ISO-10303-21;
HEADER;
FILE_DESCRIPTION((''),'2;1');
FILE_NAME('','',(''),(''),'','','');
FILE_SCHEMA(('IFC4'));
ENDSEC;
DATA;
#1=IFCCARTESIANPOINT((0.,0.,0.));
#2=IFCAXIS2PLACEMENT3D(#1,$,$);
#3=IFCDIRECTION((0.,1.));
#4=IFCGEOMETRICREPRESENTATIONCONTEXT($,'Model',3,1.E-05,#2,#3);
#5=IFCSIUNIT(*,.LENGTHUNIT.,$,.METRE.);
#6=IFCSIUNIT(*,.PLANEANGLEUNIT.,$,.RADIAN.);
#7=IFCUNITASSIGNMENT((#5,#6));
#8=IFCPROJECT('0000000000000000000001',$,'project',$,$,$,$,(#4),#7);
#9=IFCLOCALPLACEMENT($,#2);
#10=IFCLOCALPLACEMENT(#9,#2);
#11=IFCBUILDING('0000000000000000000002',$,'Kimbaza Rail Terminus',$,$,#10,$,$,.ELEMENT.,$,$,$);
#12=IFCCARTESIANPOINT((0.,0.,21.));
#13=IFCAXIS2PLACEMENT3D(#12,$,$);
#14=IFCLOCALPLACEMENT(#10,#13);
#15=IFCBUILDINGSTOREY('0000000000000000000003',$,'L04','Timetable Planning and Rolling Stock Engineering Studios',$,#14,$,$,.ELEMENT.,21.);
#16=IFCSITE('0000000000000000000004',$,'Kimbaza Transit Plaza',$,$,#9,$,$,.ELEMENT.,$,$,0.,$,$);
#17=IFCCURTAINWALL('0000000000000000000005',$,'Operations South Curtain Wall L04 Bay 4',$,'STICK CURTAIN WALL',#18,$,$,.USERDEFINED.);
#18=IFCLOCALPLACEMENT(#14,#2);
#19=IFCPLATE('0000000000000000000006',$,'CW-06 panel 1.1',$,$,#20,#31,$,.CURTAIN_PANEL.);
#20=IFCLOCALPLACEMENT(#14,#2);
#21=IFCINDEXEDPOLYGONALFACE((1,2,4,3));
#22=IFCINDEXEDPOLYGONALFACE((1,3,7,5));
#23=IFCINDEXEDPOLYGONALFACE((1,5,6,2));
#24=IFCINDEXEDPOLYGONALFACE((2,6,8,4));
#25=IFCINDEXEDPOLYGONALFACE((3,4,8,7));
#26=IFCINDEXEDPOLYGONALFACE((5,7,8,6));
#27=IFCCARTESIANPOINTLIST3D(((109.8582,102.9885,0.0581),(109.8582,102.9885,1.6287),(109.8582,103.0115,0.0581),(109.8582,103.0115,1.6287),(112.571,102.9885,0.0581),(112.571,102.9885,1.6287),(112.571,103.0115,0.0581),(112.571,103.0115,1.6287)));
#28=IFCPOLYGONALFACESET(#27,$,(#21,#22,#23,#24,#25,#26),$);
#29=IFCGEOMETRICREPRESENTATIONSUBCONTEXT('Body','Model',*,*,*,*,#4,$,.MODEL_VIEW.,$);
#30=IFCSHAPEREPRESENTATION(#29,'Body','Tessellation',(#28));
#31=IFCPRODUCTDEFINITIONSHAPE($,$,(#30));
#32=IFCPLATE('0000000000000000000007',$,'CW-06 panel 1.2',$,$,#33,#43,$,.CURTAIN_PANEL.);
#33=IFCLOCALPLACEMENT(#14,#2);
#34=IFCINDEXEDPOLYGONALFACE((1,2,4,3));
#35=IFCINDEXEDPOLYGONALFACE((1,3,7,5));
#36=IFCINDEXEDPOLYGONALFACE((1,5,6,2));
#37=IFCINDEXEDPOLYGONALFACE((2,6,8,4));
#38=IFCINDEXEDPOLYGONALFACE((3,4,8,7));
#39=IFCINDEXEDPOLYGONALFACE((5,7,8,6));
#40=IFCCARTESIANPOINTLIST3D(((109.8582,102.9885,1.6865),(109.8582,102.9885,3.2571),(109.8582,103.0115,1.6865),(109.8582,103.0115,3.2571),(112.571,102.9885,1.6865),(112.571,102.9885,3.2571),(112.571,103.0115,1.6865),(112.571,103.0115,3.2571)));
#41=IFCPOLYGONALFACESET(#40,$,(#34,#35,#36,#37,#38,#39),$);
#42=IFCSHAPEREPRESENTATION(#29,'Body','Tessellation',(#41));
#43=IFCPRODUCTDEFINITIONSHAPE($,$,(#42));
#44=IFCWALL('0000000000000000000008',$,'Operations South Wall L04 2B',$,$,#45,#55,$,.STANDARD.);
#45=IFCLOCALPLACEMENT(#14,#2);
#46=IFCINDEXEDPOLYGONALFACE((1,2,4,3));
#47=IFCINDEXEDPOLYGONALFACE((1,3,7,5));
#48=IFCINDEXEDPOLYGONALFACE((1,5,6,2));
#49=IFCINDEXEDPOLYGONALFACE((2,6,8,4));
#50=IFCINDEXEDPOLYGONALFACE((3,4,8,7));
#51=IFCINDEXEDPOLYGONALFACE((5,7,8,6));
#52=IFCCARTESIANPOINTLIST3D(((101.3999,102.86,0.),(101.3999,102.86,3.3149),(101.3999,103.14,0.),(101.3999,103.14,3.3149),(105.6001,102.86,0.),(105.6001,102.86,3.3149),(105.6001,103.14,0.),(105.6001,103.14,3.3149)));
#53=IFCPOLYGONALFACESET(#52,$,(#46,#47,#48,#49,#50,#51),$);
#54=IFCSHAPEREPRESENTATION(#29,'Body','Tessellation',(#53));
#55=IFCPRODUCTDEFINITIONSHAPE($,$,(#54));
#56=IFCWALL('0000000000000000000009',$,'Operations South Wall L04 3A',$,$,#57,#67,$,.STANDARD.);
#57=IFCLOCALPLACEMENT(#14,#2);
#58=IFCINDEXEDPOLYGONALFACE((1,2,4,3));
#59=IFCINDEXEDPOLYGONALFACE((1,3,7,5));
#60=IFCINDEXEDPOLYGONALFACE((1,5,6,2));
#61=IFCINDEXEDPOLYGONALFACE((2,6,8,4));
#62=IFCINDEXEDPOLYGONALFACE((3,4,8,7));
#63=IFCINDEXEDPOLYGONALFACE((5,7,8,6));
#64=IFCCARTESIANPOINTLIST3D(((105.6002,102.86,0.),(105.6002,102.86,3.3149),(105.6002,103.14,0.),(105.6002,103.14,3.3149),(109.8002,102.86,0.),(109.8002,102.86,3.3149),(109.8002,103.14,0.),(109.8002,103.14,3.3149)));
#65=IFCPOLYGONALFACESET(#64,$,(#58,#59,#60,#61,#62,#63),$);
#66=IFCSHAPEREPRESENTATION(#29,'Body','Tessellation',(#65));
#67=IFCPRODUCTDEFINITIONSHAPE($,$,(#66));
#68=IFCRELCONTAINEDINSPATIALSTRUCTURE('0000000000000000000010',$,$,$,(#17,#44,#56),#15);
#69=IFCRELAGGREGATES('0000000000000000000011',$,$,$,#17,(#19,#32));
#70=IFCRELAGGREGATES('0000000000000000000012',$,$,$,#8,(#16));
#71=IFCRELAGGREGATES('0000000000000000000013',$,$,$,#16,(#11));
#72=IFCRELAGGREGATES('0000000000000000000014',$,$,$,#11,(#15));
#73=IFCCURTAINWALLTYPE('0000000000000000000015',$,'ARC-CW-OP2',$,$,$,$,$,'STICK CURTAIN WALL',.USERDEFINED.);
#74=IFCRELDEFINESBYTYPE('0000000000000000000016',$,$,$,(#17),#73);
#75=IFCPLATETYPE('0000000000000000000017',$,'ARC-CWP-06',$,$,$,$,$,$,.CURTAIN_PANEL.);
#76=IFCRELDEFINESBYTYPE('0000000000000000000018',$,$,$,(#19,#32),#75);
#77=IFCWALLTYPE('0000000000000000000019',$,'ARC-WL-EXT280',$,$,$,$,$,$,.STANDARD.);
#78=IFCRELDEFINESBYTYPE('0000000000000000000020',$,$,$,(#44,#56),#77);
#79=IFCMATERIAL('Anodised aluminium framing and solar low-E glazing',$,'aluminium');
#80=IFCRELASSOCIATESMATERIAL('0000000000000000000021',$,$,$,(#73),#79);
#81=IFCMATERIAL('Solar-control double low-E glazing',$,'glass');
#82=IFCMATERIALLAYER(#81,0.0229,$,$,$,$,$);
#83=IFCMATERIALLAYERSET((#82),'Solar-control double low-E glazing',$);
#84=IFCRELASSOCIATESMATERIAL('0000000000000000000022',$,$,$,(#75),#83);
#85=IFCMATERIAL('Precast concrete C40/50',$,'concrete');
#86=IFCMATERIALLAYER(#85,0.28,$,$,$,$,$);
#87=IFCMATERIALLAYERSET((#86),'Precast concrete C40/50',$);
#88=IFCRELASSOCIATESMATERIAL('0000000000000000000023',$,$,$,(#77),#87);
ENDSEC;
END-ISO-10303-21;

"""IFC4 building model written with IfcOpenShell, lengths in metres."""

from ifc_helpers import new_model, si_unit, direction, frame, frame_2d, origin, origin_2d, place, context, subcontext, project, spatial, rectangle, extrude, material, layer, layer_set, type_object, element, aggregate, save


model = new_model("IFC4")

# Units and contexts
model_context = context("Model", 3, precision=1e-05, world=origin(), true_north=direction((0.0, 1.0)))
body_context = subcontext(model_context, "Body", "Model", "MODEL_VIEW")
ifc_project = project(units=[si_unit("LENGTHUNIT", "METRE"), si_unit("PLANEANGLEUNIT", "RADIAN")], contexts=[model_context])

# Site, building, storey
site_placement = place(None, origin())
site = spatial("IfcSite", under=ifc_project, at=site_placement, Name="Kimbaza Transit Plaza", CompositionType="ELEMENT", RefElevation=0.0)
building_placement = place(site_placement, origin())
building = spatial("IfcBuilding", under=site, at=building_placement, Name="Kimbaza Rail Terminus", CompositionType="ELEMENT")
storey_placement = place(building_placement, frame((0.0, 0.0, 21.0)))
storey = spatial("IfcBuildingStorey", under=building, at=storey_placement, Name="L04", Description="Timetable Planning and Rolling Stock Engineering Studios", CompositionType="ELEMENT", Elevation=21.0)

# Shared definitions
ifc_material_1 = material(Name="Anodised aluminium framing and solar low-E glazing", Category="aluminium")
curtain_wall_type = type_object("IfcCurtainWallType", Name="ARC-CW-OP2", ElementType="STICK CURTAIN WALL", PredefinedType="USERDEFINED", material=ifc_material_1)

# Curtain wall
curtain_wall_1_placement = place(storey_placement, origin())
curtain_wall_1 = element("IfcCurtainWall", 1, at=curtain_wall_1_placement, inside=storey, type_object=curtain_wall_type, Name="Operations South Curtain Wall L04 Bay 4", ObjectType="STICK CURTAIN WALL", PredefinedType="USERDEFINED")

# Plates
ifc_material_2 = material(Name="Solar-control double low-E glazing", Category="glass")
ifc_layer_1 = layer(ifc_material_2, 0.0229)
ifc_layer_set_1 = layer_set([ifc_layer_1], Name="Solar-control double low-E glazing")
plate_type = type_object("IfcPlateType", Name="ARC-CWP-06", PredefinedType="CURTAIN_PANEL", material=ifc_layer_set_1)
plate_1_placement = place(storey_placement, frame((111.2146, 103.0, 0.0581), z_axis=(0.0, 0.0, 1.0), x_axis=(1.0, 0.0, 0.0)))
plate_1 = element("IfcPlate", 2, at=plate_1_placement, type_object=plate_type, Name="CW-06 panel 1.1", PredefinedType="CURTAIN_PANEL", context=body_context, shape_type="SweptSolid", body=[
    extrude(rectangle(XDim=2.7129, YDim=0.0229, at=origin_2d()), origin(), (0.0, 0.0, 1.0), 1.5706),
])
plate_2_placement = place(storey_placement, frame((111.2146, 103.0, 1.6865), z_axis=(0.0, 0.0, 1.0), x_axis=(1.0, 0.0, 0.0)))
plate_2 = element("IfcPlate", 3, at=plate_2_placement, type_object=plate_type, Name="CW-06 panel 1.2", PredefinedType="CURTAIN_PANEL", context=body_context, shape_type="SweptSolid", body=[
    extrude(rectangle(XDim=2.7129, YDim=0.0229, at=origin_2d()), origin(), (0.0, 0.0, 1.0), 1.5706),
])
aggregate(curtain_wall_1, [plate_1, plate_2])

# Walls
ifc_material_3 = material(Name="Precast concrete C40/50", Category="concrete")
ifc_layer_2 = layer(ifc_material_3, 0.28)
ifc_layer_set_2 = layer_set([ifc_layer_2], Name="Precast concrete C40/50")
wall_type = type_object("IfcWallType", Name="ARC-WL-EXT280", PredefinedType="STANDARD", material=ifc_layer_set_2)
wall_1_placement = place(storey_placement, frame((101.3999, 103.0, 0.0), z_axis=(0.0, 0.0, 1.0), x_axis=(1.0, 0.0, 0.0)))
element("IfcWall", 4, at=wall_1_placement, inside=storey, type_object=wall_type, Name="Operations South Wall L04 2B", PredefinedType="STANDARD", context=body_context, shape_type="SweptSolid", body=[
    extrude(rectangle(XDim=4.2002, YDim=0.28, at=frame_2d((2.1001, 0.0))), origin(), (0.0, 0.0, 1.0), 3.3149),
])
wall_2_placement = place(storey_placement, frame((105.6001, 103.0, 0.0), z_axis=(0.0, 0.0, 1.0), x_axis=(1.0, 0.0, 0.0)))
element("IfcWall", 5, at=wall_2_placement, inside=storey, type_object=wall_type, Name="Operations South Wall L04 3A", PredefinedType="STANDARD", context=body_context, shape_type="SweptSolid", body=[
    extrude(rectangle(XDim=4.2, YDim=0.28, at=frame_2d((2.1001, 0.0))), origin(), (0.0, 0.0, 1.0), 3.3149),
])

save(model, "model.ifc")
